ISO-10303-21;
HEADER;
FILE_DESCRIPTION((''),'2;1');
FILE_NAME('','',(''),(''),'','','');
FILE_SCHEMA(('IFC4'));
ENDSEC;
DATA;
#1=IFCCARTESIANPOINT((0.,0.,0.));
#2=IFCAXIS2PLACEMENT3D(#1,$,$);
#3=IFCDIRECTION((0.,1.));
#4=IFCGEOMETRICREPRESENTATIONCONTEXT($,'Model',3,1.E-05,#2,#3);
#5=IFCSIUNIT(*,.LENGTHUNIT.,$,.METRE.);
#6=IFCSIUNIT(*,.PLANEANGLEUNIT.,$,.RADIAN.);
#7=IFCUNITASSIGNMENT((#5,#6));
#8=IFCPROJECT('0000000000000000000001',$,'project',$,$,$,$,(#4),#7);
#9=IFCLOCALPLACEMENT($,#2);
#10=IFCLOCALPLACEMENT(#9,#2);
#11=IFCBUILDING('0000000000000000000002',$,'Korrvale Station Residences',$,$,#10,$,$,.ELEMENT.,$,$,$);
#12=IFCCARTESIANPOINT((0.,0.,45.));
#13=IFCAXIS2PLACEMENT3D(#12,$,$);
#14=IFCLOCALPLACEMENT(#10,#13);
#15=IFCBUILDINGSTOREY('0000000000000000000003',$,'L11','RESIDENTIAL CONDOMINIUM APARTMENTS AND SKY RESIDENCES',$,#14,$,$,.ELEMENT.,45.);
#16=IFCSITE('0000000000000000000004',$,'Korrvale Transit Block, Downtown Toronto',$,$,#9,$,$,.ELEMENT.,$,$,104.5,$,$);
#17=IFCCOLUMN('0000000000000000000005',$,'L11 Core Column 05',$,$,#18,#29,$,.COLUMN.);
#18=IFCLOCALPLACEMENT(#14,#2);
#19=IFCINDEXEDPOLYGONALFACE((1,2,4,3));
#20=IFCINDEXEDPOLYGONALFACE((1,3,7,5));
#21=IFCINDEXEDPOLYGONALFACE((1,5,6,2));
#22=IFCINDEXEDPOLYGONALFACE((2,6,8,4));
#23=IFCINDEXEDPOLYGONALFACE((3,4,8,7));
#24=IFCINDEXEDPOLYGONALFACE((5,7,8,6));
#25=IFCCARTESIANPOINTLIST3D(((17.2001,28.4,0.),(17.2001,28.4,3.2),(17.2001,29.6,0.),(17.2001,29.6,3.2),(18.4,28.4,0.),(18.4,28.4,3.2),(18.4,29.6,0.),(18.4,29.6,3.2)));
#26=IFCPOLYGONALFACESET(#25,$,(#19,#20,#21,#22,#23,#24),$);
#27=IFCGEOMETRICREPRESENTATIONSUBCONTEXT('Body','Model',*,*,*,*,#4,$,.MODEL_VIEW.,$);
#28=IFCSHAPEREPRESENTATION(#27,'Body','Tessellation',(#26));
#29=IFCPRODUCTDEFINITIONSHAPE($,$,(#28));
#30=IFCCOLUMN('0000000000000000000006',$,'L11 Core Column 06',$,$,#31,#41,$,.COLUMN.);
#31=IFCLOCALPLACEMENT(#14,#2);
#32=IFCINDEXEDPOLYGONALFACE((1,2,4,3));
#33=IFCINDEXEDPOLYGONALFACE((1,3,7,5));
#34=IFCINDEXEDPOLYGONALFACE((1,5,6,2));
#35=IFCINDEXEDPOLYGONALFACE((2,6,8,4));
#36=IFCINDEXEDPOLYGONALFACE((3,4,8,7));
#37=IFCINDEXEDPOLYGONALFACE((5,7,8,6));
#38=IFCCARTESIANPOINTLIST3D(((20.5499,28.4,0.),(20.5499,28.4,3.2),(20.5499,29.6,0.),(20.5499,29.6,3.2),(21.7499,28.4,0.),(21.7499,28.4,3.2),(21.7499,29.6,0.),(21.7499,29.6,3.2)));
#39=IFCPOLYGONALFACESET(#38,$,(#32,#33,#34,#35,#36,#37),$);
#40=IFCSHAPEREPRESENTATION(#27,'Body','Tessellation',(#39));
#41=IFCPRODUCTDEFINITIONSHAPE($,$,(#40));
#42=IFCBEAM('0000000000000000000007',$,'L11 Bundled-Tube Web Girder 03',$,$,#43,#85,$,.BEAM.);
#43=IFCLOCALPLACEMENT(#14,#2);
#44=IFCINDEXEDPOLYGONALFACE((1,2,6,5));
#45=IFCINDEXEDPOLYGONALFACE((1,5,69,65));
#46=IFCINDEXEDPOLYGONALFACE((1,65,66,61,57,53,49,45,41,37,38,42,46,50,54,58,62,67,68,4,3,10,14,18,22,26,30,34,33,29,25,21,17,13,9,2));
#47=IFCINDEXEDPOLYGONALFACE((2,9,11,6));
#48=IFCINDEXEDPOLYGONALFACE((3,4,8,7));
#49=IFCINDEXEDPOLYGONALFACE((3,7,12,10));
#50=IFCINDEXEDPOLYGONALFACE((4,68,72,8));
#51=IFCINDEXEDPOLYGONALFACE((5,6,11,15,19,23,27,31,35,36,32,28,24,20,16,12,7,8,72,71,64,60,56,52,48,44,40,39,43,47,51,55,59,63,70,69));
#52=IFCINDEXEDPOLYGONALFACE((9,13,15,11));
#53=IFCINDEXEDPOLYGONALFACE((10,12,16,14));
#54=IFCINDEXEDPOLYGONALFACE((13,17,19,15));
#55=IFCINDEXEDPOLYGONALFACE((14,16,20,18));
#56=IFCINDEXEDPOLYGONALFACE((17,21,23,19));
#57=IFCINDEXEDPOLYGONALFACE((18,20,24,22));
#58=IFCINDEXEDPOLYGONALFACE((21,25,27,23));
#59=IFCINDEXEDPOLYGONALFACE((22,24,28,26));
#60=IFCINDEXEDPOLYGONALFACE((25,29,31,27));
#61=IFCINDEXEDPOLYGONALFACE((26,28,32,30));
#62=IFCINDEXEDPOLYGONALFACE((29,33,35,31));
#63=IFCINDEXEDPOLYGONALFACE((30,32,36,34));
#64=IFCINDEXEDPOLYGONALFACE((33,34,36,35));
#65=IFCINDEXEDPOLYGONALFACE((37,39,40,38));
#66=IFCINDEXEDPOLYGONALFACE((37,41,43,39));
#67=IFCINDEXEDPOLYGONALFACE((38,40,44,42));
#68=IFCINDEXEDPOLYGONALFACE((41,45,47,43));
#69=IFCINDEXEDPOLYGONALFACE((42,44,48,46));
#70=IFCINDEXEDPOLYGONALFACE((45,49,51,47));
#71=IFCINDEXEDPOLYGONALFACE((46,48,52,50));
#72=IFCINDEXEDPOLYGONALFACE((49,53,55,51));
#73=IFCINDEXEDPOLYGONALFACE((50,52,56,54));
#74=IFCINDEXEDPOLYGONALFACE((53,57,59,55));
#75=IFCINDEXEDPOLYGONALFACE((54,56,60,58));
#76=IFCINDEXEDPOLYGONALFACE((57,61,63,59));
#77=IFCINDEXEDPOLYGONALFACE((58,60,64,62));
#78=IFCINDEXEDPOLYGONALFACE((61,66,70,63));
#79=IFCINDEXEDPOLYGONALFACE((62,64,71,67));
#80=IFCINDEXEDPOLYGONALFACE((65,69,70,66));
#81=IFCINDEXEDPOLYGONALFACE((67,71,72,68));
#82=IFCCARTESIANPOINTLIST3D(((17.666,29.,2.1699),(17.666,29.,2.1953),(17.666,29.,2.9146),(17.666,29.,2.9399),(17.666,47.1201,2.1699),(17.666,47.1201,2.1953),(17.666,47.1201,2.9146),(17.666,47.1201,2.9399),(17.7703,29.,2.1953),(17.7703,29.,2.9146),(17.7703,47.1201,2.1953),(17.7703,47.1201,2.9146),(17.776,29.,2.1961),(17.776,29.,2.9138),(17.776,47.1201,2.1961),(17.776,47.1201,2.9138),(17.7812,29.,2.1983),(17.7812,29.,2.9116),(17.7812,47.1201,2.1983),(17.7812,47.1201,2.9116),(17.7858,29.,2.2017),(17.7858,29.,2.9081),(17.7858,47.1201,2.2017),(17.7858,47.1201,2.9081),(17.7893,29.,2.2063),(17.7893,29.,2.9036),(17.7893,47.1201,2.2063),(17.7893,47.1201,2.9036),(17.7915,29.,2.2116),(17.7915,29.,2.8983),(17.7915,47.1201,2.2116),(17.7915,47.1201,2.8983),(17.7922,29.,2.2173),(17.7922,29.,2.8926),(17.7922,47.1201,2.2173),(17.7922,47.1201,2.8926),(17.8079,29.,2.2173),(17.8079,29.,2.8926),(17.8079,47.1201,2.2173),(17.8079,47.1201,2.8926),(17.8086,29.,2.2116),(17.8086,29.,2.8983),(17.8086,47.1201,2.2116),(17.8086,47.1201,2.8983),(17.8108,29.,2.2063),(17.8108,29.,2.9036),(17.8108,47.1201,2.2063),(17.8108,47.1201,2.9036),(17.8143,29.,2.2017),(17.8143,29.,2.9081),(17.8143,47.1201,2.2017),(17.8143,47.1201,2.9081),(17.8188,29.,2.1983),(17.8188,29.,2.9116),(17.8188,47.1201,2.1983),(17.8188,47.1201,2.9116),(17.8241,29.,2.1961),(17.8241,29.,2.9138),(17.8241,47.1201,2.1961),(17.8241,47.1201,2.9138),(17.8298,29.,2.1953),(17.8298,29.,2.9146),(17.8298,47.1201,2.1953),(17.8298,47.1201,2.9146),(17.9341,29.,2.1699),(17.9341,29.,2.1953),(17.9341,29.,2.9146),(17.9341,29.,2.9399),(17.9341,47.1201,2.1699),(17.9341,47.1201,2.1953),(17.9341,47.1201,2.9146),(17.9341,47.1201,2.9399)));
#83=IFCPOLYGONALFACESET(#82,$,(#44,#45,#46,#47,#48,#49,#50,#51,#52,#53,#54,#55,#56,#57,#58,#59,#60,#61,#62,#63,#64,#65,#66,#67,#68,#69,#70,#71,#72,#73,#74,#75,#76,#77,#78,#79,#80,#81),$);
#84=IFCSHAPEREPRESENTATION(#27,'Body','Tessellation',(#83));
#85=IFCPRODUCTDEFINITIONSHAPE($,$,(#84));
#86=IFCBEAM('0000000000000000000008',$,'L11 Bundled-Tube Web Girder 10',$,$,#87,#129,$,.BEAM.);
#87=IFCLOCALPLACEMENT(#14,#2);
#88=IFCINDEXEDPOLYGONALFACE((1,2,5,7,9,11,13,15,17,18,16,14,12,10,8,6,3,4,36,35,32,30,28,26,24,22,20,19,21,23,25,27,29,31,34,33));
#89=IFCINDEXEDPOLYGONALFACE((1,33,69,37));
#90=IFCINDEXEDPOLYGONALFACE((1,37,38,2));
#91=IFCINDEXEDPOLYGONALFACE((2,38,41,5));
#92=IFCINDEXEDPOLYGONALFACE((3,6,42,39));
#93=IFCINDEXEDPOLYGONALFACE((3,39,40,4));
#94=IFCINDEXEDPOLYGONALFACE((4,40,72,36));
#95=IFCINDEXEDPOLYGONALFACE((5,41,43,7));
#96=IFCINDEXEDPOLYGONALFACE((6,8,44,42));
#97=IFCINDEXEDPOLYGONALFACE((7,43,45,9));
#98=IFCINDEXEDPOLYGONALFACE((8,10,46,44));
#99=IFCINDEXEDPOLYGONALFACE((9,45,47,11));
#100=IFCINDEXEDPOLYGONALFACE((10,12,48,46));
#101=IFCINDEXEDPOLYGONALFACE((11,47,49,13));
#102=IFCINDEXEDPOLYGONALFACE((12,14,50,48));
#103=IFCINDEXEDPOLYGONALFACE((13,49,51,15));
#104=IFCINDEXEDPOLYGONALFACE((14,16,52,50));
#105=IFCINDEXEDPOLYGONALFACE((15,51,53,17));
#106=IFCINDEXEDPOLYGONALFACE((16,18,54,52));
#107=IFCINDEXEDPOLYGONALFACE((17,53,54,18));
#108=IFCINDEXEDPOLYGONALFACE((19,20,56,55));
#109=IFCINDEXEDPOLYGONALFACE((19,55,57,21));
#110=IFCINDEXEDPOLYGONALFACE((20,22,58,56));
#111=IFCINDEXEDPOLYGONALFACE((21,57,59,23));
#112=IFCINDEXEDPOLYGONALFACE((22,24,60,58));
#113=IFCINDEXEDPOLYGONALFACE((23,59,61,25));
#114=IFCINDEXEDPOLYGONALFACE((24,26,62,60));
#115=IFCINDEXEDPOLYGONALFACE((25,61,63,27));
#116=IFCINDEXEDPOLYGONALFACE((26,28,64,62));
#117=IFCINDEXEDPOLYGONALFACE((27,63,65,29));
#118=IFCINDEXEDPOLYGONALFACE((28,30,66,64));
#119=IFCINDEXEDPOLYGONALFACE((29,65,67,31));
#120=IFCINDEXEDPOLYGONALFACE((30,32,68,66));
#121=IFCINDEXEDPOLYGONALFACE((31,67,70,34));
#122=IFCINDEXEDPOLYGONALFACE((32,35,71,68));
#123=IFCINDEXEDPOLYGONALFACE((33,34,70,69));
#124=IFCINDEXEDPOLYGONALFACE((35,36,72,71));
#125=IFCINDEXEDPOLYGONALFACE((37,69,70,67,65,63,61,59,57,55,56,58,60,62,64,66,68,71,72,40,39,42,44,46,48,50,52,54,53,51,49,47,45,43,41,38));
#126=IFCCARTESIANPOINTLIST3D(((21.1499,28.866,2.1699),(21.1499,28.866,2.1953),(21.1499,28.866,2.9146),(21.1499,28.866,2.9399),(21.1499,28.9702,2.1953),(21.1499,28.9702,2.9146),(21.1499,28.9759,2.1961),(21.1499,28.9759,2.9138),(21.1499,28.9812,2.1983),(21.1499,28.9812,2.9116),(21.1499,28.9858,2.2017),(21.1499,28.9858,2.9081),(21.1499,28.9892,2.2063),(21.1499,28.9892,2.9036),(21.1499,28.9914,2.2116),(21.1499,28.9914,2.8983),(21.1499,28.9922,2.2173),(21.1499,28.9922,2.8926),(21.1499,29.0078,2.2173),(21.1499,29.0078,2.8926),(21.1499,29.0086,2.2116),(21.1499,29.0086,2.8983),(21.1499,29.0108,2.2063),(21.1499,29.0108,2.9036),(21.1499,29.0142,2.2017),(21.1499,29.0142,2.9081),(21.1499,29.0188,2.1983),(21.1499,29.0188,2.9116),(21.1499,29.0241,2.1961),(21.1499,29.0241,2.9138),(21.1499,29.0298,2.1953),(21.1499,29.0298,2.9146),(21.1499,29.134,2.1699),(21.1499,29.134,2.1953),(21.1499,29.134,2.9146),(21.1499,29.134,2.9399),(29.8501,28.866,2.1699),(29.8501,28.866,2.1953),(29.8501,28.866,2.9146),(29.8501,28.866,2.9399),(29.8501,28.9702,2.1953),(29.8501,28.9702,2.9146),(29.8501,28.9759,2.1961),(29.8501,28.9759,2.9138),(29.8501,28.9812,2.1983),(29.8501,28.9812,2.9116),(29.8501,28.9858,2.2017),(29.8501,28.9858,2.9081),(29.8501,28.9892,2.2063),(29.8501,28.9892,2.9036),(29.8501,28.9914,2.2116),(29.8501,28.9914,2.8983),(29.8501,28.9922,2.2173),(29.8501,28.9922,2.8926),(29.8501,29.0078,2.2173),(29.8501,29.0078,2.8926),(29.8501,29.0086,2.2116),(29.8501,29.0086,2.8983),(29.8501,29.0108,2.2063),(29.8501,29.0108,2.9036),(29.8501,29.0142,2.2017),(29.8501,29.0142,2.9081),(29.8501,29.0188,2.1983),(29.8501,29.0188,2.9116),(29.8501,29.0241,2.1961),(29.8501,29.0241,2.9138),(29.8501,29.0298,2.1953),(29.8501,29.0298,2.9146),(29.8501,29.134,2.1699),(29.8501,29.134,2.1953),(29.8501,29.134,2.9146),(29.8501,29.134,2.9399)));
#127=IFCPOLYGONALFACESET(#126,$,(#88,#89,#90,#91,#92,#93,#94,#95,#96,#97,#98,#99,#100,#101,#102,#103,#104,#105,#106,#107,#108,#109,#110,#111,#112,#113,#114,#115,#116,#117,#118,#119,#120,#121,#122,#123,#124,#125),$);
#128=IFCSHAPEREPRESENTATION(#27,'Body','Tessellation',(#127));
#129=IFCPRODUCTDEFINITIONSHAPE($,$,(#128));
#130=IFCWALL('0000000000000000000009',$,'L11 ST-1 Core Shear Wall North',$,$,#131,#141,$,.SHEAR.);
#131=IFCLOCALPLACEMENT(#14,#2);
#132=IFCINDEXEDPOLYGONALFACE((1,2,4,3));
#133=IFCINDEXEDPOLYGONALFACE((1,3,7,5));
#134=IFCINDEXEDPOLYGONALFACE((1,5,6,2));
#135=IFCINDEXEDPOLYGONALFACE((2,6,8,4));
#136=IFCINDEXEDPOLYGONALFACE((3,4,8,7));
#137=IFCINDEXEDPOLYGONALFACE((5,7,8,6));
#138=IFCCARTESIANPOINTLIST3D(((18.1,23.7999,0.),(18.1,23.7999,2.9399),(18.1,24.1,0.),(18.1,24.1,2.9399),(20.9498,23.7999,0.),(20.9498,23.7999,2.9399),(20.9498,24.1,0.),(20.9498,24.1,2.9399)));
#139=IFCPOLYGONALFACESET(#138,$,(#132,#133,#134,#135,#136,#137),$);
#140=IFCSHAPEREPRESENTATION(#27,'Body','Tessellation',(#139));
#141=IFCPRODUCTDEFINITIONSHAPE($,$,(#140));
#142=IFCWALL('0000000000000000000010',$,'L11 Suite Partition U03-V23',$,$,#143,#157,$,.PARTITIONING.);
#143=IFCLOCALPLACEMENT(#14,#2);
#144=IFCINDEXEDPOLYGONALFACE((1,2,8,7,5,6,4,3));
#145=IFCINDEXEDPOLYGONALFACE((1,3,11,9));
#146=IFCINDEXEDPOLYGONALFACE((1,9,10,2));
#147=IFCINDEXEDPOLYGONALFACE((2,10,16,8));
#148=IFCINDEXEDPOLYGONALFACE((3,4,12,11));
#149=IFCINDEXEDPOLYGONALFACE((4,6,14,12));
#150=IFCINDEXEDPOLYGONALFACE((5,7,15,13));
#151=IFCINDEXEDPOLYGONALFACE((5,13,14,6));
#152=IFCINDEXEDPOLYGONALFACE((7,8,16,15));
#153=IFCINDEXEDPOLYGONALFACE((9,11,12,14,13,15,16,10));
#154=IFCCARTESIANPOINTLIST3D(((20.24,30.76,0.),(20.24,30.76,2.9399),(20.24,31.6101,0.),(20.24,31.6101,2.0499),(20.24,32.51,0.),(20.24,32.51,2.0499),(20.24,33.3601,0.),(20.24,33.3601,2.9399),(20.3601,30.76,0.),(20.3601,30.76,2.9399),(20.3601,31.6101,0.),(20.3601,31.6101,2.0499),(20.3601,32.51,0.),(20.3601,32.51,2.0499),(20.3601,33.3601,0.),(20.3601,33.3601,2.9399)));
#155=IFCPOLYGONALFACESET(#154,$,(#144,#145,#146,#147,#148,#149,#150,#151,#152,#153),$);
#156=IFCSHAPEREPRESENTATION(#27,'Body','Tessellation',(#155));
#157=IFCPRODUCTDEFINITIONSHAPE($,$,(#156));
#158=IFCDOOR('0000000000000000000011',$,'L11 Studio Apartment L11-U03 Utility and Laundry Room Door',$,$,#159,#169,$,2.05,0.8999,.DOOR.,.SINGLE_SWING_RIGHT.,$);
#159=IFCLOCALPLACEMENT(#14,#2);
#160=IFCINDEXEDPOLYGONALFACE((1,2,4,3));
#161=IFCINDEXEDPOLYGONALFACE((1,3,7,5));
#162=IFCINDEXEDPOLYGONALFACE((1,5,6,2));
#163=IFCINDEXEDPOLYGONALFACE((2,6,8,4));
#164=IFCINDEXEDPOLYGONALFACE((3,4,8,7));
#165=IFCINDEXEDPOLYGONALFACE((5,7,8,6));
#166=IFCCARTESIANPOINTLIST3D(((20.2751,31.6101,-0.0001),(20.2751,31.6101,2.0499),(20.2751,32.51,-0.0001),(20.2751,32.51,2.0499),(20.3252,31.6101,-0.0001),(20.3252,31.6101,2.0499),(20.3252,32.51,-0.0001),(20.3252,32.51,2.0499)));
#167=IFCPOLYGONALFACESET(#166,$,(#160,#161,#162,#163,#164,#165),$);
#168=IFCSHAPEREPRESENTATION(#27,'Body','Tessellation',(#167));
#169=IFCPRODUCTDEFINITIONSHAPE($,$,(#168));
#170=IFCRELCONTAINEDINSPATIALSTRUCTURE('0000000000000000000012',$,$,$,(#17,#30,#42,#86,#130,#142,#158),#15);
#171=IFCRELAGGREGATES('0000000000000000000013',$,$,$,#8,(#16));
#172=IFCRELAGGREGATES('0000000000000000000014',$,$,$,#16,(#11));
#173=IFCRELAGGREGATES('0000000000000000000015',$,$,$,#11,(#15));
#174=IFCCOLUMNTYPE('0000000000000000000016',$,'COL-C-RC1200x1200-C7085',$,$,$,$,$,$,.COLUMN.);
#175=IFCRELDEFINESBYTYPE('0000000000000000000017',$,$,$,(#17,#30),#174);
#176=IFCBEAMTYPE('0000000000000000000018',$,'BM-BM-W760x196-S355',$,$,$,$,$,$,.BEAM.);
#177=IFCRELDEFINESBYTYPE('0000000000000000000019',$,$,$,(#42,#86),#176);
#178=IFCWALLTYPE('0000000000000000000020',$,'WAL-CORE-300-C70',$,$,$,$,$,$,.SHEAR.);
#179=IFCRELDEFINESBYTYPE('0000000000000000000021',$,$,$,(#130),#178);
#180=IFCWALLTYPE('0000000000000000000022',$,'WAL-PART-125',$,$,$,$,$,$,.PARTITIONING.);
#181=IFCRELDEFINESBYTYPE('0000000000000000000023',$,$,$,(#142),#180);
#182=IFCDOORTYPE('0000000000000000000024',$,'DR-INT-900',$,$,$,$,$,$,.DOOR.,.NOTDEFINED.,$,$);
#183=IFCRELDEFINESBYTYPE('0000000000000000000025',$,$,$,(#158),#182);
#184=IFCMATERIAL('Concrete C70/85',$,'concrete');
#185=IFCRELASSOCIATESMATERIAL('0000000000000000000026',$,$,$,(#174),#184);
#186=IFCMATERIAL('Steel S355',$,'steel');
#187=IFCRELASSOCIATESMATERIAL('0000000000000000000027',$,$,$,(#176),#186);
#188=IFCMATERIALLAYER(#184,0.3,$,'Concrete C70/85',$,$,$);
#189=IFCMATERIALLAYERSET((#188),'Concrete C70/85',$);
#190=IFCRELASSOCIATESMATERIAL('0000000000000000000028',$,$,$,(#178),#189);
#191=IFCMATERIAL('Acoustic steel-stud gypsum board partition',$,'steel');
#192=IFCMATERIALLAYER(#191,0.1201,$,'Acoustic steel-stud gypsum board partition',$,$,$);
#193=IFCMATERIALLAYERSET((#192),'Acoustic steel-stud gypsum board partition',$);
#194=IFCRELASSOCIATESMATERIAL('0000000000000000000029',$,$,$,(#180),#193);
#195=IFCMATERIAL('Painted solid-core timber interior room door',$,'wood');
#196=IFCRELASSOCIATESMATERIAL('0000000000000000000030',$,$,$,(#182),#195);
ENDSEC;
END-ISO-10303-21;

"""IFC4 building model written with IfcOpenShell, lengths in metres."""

from ifc_helpers import new_model, si_unit, direction, frame, frame_2d, origin, origin_2d, place, context, subcontext, project, spatial, rectangle, i_section, extrude, material, layer, layer_set, material_profile, profile_set, type_object, element, fill, save


model = new_model("IFC4")

# Units and contexts
model_context = context("Model", 3, precision=1e-05, world=origin(), true_north=direction((0.0, 1.0)))
body_context = subcontext(model_context, "Body", "Model", "MODEL_VIEW")
ifc_project = project(units=[si_unit("LENGTHUNIT", "METRE"), si_unit("PLANEANGLEUNIT", "RADIAN")], contexts=[model_context])

# Site, building, storey
site_placement = place(None, origin())
site = spatial("IfcSite", under=ifc_project, at=site_placement, Name="Korrvale Transit Block, Downtown Toronto", CompositionType="ELEMENT", RefElevation=104.5)
building_placement = place(site_placement, origin())
building = spatial("IfcBuilding", under=site, at=building_placement, Name="Korrvale Station Residences", CompositionType="ELEMENT")
storey_placement = place(building_placement, frame((0.0, 0.0, 45.0)))
storey = spatial("IfcBuildingStorey", under=building, at=storey_placement, Name="L11", Description="RESIDENTIAL CONDOMINIUM APARTMENTS AND SKY RESIDENCES", CompositionType="ELEMENT", Elevation=45.0)

# Columns
ifc_material_1 = material(Name="Concrete C70/85", Category="concrete")
ifc_material_profile_1 = material_profile(ifc_material_1, rectangle(XDim=1.2, YDim=1.2, at=origin_2d()), Name="RC1200x1200")
ifc_profile_set_1 = profile_set([ifc_material_profile_1], Name="Concrete C70/85")
column_type = type_object("IfcColumnType", Name="COL-C-RC1200x1200-C7085", PredefinedType="COLUMN", material=ifc_profile_set_1)
for number, where, z_axis, x_axis, name in (
    (1, (17.8, 29.0, 0.0), (0.0, 0.0, 1.0), (1.0, 0.0, 0.0), "L11 Core Column 05"),
    (2, (21.1499, 29.0, 0.0), (0.0, 0.0, 1.0), (1.0, 0.0, 0.0), "L11 Core Column 06"),
):
    element("IfcColumn", number, at=place(storey_placement, frame(where, z_axis=z_axis, x_axis=x_axis)), inside=storey, type_object=column_type, Name=name, PredefinedType="COLUMN", context=body_context, shape_type="SweptSolid", body=[
        extrude(rectangle(XDim=1.2, YDim=1.2, at=origin_2d()), origin(), (0.0, 0.0, 1.0), 3.2),
    ])

# Beams
ifc_material_2 = material(Name="Steel S355", Category="steel")
ifc_material_profile_2 = material_profile(ifc_material_2, i_section(OverallWidth=0.2681, OverallDepth=0.77, WebThickness=0.0156, FlangeThickness=0.0254, FilletRadius=0.022, at=origin_2d()), Name="W760x196")
ifc_profile_set_2 = profile_set([ifc_material_profile_2], Name="Steel S355")
beam_type = type_object("IfcBeamType", Name="BM-BM-W760x196-S355", PredefinedType="BEAM", material=ifc_profile_set_2)
beam_1_placement = place(storey_placement, frame((17.8, 29.0, 2.5549), z_axis=(0.0, 1.0, 0.0), x_axis=(-1.0, 0.0, 0.0)))
element("IfcBeam", 3, at=beam_1_placement, inside=storey, type_object=beam_type, Name="L11 Bundled-Tube Web Girder 03", PredefinedType="BEAM", context=body_context, shape_type="SweptSolid", body=[
    extrude(i_section(OverallWidth=0.2681, OverallDepth=0.77, WebThickness=0.0156, FlangeThickness=0.0254, FilletRadius=0.022, at=origin_2d()), origin(), (0.0, 0.0, 1.0), 18.1201),
])
beam_2_placement = place(storey_placement, frame((21.1499, 29.0, 2.5549), z_axis=(1.0, 0.0, 0.0), x_axis=(0.0, 1.0, 0.0)))
element("IfcBeam", 4, at=beam_2_placement, inside=storey, type_object=beam_type, Name="L11 Bundled-Tube Web Girder 10", PredefinedType="BEAM", context=body_context, shape_type="SweptSolid", body=[
    extrude(i_section(OverallWidth=0.2681, OverallDepth=0.77, WebThickness=0.0156, FlangeThickness=0.0254, FilletRadius=0.022, at=origin_2d()), origin(), (0.0, 0.0, 1.0), 8.7002),
])

# Wall
ifc_layer_1 = layer(ifc_material_1, 0.3, Name="Concrete C70/85")
ifc_layer_set_1 = layer_set([ifc_layer_1], Name="Concrete C70/85")
wall_type_1 = type_object("IfcWallType", Name="WAL-CORE-300-C70", PredefinedType="SHEAR", material=ifc_layer_set_1)
wall_1_placement = place(storey_placement, frame((18.1001, 23.95, 0.0), z_axis=(0.0, 0.0, 1.0), x_axis=(1.0, 0.0, 0.0)))
element("IfcWall", 5, at=wall_1_placement, inside=storey, type_object=wall_type_1, Name="L11 ST-1 Core Shear Wall North", PredefinedType="SHEAR", context=body_context, shape_type="SweptSolid", body=[
    extrude(rectangle(XDim=2.8499, YDim=0.3, at=frame_2d((1.4248, 0.0))), origin(), (0.0, 0.0, 1.0), 2.9399),
])

# Wall, opening, door
ifc_material_3 = material(Name="Acoustic steel-stud gypsum board partition", Category="steel")
ifc_layer_2 = layer(ifc_material_3, 0.1201, Name="Acoustic steel-stud gypsum board partition")
ifc_layer_set_2 = layer_set([ifc_layer_2], Name="Acoustic steel-stud gypsum board partition")
wall_type_2 = type_object("IfcWallType", Name="WAL-PART-125", PredefinedType="PARTITIONING", material=ifc_layer_set_2)
wall_2_placement = place(storey_placement, frame((20.3, 30.76, 0.0), z_axis=(0.0, 0.0, 1.0), x_axis=(0.0, 1.0, 0.0)))
wall_2 = element("IfcWall", 6, at=wall_2_placement, inside=storey, type_object=wall_type_2, Name="L11 Suite Partition U03-V23", PredefinedType="PARTITIONING", context=body_context, shape_type="SweptSolid", body=[
    extrude(rectangle(XDim=2.6001, YDim=0.1201, at=frame_2d((1.3, 0.0))), origin(), (0.0, 0.0, 1.0), 2.9399),
])
opening_1_placement = place(wall_2_placement, frame((0.8501, 0.0, 0.0)))
opening_1 = element("IfcOpeningElement", 7, at=opening_1_placement, cuts=wall_2, PredefinedType="OPENING", context=body_context, shape_type="SweptSolid", body=[
    extrude(rectangle(XDim=0.8999, YDim=2.05, at=frame_2d((0.45, 1.0249))), frame((0.0, 0.0701, 0.0), z_axis=(0.0, -1.0, 0.0), x_axis=(1.0, 0.0, 0.0)), (0.0, 0.0, 1.0), 0.1401),
])
ifc_material_4 = material(Name="Painted solid-core timber interior room door", Category="wood")
door_type_1 = type_object("IfcDoorType", Name="DR-INT-900", OperationType="NOTDEFINED", PredefinedType="DOOR", material=ifc_material_4)
door_1_placement = place(opening_1_placement, origin())
door_1 = element("IfcDoor", 8, at=door_1_placement, inside=storey, type_object=door_type_1, Name="L11 Studio Apartment L11-U03 Utility and Laundry Room Door", OperationType="SINGLE_SWING_RIGHT", OverallHeight=2.05, OverallWidth=0.8999, PredefinedType="DOOR", context=body_context, shape_type="SweptSolid", body=[
    extrude(rectangle(XDim=0.8999, YDim=2.05, at=frame_2d((0.45, 1.0249))), frame((0.0, 0.0249, 0.0), z_axis=(0.0, -1.0, 0.0), x_axis=(1.0, 0.0, 0.0)), (0.0, 0.0, 1.0), 0.05),
])
fill(opening_1, door_1)

save(model, "model.ifc")
